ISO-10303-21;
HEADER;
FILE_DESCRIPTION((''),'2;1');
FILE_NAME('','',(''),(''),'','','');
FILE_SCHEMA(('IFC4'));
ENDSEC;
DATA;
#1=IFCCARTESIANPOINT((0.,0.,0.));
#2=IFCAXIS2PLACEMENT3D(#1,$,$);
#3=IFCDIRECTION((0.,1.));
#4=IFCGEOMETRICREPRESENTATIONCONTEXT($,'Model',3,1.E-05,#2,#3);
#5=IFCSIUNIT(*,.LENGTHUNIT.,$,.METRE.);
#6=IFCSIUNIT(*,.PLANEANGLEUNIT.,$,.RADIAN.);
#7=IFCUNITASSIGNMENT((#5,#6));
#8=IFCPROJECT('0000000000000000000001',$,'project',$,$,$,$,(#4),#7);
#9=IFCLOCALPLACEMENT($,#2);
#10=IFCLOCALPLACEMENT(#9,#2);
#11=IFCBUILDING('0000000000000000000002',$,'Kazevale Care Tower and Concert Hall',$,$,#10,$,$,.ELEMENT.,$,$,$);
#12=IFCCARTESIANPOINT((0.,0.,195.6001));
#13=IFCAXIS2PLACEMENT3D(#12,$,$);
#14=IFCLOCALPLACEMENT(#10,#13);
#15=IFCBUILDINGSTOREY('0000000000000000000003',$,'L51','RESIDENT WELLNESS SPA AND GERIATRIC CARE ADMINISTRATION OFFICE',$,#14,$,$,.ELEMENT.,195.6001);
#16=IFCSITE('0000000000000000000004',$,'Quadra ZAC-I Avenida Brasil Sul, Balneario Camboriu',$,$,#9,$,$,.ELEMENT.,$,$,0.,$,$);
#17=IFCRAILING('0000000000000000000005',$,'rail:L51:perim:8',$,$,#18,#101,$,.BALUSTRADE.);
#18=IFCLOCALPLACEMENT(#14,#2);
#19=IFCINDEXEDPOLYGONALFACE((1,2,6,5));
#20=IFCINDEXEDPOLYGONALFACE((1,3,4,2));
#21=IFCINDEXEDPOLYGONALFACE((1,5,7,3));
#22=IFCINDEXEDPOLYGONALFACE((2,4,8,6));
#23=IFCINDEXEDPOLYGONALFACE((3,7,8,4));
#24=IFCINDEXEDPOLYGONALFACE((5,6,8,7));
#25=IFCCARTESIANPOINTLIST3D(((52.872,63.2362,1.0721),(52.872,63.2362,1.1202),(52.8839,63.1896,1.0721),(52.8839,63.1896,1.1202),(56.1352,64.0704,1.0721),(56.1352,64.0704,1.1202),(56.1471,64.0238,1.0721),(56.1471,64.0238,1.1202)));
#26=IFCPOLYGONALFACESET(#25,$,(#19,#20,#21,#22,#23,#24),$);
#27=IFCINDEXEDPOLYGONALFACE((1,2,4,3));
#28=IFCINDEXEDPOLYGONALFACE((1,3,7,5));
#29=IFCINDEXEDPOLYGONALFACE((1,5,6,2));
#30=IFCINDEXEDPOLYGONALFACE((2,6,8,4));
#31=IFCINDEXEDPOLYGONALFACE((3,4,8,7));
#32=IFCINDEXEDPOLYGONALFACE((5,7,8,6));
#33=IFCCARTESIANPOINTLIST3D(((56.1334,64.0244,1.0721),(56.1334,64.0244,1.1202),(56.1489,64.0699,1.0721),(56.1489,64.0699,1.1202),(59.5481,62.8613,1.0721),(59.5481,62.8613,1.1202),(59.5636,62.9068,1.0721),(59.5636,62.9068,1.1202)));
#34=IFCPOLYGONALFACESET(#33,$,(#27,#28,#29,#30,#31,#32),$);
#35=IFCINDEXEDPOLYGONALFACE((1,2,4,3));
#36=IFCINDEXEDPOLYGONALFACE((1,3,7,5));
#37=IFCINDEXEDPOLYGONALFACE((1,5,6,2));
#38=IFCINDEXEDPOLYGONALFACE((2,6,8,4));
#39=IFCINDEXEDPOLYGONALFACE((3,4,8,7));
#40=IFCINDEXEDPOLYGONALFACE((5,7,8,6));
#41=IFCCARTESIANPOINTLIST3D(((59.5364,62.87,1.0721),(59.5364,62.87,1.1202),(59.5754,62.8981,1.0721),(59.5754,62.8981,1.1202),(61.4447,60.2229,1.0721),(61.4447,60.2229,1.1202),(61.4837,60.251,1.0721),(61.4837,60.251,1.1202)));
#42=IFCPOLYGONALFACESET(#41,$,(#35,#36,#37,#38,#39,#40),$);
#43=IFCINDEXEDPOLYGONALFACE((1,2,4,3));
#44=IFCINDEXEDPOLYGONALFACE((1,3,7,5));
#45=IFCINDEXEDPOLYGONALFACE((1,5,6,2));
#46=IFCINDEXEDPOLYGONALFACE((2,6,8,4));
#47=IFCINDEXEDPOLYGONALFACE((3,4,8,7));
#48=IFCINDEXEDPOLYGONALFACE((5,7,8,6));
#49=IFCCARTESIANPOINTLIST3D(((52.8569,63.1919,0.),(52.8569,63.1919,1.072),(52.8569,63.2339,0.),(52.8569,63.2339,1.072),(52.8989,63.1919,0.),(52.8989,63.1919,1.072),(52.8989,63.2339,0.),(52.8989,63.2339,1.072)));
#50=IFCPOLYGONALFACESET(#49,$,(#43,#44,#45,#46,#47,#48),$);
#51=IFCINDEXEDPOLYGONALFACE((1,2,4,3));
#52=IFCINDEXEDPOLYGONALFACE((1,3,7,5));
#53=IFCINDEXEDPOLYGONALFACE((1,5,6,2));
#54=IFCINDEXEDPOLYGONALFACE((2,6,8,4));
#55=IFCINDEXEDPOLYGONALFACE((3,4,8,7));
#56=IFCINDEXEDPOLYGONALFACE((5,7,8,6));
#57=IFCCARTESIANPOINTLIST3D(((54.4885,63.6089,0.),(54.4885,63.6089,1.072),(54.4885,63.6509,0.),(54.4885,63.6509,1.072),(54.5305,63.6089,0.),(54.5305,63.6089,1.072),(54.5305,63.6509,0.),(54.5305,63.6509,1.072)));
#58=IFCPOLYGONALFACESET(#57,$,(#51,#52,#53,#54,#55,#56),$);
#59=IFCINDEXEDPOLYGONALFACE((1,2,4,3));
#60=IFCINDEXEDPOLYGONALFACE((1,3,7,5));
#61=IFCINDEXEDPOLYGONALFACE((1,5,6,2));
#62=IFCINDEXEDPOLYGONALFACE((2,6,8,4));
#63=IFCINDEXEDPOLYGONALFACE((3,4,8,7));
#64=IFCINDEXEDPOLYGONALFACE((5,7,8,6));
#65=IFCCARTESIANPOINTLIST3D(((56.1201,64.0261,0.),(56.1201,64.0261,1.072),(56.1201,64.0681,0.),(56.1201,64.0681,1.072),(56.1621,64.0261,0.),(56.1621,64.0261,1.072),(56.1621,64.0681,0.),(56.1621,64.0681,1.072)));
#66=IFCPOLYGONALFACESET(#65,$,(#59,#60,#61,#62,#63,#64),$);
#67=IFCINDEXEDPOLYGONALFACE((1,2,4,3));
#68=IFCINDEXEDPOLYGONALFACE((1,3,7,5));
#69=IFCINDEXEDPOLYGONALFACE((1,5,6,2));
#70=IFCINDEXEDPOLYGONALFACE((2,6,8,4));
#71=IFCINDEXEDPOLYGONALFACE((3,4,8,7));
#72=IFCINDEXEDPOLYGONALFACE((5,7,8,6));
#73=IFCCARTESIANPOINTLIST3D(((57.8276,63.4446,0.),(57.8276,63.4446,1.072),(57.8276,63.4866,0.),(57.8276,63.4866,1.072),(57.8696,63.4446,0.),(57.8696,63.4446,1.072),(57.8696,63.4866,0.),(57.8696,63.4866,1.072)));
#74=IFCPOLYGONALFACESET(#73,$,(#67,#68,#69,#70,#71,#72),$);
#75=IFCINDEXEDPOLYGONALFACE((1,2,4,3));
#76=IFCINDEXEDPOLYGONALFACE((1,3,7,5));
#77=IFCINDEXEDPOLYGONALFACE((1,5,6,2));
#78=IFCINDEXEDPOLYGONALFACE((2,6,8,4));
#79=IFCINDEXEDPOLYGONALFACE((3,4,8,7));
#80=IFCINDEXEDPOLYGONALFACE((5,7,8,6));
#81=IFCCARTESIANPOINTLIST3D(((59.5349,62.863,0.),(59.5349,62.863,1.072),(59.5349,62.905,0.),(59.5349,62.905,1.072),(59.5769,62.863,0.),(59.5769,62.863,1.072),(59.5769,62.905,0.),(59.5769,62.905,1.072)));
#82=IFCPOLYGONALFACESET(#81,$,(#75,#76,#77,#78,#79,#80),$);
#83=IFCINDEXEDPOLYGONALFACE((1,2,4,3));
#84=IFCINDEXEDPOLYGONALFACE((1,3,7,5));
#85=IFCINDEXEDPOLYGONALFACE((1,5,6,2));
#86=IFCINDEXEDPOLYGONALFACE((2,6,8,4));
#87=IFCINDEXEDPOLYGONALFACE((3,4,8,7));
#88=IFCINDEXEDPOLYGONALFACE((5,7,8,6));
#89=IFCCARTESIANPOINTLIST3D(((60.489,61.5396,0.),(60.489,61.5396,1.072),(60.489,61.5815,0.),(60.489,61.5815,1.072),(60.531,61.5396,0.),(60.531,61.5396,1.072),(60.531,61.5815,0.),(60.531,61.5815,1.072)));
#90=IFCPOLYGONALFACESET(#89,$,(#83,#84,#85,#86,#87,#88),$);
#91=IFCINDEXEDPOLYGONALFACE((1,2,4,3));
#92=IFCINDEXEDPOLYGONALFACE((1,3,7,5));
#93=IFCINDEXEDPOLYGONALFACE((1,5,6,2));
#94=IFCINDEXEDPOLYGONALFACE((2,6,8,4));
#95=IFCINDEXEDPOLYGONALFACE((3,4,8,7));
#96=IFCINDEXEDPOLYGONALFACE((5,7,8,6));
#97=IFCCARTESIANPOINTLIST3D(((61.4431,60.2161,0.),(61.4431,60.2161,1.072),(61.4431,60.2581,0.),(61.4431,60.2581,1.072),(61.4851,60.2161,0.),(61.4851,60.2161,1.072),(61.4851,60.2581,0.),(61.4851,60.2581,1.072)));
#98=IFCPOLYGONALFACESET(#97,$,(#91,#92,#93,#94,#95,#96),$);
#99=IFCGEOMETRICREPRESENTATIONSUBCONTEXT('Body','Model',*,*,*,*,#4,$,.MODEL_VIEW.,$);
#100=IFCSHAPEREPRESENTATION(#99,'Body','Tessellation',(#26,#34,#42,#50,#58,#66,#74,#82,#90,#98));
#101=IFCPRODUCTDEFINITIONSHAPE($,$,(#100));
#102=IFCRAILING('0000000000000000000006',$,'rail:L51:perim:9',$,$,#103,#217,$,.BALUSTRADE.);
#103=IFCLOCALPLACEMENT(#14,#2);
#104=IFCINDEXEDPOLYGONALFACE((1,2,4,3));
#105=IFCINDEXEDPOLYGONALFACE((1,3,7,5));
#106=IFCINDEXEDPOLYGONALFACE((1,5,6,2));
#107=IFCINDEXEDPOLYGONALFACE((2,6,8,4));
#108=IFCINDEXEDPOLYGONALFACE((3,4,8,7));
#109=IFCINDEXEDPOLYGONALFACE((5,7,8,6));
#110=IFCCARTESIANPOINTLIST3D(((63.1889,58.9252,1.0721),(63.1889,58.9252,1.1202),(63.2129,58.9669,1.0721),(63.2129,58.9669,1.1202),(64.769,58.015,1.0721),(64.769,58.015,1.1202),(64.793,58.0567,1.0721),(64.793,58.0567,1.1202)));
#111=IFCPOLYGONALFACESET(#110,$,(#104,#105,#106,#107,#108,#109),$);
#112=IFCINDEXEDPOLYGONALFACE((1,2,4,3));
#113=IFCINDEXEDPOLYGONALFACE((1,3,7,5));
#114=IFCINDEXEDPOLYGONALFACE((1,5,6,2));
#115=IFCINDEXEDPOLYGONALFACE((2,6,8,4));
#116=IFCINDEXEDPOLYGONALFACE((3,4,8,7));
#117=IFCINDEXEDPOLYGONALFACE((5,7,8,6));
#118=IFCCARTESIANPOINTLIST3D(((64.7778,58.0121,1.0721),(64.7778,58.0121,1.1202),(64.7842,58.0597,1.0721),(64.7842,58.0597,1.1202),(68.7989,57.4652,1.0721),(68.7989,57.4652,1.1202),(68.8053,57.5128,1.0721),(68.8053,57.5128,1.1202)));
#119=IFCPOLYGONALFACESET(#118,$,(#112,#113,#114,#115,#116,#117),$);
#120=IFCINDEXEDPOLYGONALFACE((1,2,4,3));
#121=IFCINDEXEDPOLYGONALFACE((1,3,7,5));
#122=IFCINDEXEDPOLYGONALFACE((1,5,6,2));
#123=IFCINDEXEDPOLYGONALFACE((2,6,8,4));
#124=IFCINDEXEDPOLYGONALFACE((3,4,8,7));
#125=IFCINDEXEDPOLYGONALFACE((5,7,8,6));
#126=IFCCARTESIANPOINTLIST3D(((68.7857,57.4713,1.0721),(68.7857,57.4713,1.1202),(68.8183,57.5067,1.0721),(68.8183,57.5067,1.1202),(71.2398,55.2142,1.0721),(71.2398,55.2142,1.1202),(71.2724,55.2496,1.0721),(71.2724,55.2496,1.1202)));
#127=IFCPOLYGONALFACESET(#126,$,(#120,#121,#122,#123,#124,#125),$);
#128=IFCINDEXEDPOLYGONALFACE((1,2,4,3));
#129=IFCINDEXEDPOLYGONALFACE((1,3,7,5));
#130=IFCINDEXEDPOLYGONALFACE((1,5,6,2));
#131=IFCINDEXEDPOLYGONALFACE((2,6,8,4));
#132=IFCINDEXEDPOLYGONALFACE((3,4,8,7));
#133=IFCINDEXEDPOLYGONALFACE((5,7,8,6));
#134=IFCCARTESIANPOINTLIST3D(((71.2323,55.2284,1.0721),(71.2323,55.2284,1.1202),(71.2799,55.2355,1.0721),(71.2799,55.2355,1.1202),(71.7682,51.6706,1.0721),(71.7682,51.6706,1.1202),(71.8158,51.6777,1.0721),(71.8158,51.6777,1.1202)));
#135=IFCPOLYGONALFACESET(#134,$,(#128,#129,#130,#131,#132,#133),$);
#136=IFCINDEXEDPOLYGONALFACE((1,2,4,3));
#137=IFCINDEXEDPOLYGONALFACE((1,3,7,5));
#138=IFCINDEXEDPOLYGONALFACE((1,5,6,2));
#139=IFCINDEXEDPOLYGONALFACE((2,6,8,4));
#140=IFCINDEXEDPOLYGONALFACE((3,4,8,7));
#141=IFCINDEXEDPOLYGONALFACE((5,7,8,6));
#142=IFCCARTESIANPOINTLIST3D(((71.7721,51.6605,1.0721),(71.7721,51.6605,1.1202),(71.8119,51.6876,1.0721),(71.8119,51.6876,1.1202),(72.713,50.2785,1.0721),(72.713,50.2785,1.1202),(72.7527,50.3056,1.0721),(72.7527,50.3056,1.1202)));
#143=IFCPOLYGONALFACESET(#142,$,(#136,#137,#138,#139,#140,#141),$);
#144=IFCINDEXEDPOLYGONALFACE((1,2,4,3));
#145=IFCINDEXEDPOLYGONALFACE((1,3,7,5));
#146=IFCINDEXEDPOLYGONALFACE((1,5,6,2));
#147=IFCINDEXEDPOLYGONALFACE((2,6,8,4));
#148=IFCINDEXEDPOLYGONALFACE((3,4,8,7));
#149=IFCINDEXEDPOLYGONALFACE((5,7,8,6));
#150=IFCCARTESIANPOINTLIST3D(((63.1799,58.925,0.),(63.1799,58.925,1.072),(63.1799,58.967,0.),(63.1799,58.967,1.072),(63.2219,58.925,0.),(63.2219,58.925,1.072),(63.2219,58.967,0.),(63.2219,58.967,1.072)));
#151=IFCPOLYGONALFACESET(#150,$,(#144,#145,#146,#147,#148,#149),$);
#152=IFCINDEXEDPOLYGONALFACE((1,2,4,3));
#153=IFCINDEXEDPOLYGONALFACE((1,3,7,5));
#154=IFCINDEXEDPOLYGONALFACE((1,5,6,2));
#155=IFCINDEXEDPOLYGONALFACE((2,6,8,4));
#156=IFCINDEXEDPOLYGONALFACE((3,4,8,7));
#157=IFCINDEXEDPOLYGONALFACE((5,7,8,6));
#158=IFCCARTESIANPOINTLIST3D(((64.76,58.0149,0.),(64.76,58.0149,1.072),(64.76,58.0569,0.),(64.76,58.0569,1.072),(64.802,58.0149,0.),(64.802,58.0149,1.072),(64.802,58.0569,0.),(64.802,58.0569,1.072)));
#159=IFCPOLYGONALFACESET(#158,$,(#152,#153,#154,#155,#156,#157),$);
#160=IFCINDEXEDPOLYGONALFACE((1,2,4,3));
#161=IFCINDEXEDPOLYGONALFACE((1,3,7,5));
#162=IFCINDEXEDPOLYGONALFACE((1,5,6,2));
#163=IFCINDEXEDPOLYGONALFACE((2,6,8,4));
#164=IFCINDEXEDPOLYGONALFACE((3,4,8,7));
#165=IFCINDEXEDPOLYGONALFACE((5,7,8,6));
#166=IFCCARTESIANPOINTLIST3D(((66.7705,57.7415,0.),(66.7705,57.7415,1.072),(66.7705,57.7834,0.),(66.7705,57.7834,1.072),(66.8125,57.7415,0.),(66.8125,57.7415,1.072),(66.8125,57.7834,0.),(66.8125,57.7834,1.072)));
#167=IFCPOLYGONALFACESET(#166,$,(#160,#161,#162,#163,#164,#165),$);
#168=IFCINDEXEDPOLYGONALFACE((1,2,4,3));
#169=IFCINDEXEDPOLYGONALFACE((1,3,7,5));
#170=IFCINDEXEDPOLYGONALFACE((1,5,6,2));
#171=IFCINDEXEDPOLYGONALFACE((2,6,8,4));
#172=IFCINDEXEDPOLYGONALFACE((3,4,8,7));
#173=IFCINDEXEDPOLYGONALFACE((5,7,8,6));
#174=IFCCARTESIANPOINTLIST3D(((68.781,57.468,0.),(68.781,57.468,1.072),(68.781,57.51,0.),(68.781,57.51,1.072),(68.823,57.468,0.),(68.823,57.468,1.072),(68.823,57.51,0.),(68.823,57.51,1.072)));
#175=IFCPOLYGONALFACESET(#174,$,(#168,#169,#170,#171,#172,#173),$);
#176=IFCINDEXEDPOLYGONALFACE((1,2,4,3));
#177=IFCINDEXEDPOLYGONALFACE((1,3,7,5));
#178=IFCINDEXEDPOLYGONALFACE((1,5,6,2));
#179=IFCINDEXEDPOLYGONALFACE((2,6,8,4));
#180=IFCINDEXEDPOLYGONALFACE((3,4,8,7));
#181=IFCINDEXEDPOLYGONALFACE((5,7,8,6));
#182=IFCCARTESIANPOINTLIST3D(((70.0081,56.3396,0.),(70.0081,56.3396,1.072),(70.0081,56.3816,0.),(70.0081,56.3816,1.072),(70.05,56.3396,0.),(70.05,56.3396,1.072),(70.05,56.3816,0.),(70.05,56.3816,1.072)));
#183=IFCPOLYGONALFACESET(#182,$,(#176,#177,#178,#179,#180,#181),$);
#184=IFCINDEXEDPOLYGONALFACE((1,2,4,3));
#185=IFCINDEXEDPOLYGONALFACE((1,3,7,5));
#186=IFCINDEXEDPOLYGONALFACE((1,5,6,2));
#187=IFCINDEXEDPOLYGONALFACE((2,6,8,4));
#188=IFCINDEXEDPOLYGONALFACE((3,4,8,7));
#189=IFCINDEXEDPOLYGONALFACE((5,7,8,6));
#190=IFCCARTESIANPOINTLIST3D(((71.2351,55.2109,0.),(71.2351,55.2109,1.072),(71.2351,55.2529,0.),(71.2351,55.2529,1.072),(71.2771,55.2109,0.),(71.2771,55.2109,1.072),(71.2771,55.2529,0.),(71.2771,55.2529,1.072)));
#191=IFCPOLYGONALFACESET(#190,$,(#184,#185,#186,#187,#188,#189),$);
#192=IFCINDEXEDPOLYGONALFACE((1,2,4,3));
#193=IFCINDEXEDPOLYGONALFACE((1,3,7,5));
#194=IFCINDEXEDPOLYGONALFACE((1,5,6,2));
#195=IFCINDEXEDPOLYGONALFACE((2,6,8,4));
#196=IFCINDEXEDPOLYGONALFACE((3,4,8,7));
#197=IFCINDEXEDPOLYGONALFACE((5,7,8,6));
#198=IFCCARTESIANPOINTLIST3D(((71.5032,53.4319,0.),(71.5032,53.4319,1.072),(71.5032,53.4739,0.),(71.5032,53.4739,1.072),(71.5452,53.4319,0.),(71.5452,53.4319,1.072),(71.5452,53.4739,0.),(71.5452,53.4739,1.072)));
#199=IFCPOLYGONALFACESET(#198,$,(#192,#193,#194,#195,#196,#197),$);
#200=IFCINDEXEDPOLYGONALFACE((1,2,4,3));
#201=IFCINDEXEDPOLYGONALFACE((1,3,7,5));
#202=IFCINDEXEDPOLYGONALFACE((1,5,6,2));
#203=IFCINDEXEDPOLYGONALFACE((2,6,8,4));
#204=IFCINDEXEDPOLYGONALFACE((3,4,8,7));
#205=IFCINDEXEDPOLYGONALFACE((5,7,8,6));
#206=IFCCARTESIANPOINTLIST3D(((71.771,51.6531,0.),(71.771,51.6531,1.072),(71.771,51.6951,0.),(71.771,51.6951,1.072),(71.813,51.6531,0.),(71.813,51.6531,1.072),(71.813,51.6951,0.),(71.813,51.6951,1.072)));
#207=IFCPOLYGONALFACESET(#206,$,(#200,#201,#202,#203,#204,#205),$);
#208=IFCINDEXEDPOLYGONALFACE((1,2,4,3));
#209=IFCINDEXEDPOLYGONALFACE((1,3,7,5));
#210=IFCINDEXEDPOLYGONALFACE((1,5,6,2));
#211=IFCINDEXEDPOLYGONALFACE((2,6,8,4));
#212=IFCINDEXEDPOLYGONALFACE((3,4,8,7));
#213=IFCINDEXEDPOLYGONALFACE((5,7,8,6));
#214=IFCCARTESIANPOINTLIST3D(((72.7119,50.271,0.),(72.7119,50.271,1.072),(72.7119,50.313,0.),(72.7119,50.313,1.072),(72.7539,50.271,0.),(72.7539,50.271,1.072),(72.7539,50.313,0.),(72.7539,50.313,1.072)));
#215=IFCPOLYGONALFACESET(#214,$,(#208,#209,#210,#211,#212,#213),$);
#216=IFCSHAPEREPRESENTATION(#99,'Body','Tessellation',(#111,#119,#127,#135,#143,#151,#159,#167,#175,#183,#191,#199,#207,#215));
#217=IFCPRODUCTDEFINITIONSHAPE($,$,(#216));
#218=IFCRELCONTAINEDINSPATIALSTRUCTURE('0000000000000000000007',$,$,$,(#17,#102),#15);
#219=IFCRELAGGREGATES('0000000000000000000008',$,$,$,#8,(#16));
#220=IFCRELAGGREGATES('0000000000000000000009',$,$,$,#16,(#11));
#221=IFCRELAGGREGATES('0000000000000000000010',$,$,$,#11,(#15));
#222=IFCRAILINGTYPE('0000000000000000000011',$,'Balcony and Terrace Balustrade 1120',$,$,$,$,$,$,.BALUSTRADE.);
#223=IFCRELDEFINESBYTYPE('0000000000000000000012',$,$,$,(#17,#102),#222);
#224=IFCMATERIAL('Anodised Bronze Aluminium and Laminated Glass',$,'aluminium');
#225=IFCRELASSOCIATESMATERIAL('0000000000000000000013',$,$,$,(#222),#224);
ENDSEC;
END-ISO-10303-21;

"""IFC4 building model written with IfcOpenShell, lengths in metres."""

from ifc_helpers import new_model, si_unit, direction, frame, origin, origin_2d, place, context, subcontext, project, spatial, rectangle, extrude, material, type_object, element, save


model = new_model("IFC4")

# Units and contexts
model_context = context("Model", 3, precision=1e-05, world=origin(), true_north=direction((0.0, 1.0)))
body_context = subcontext(model_context, "Body", "Model", "MODEL_VIEW")
ifc_project = project(units=[si_unit("LENGTHUNIT", "METRE"), si_unit("PLANEANGLEUNIT", "RADIAN")], contexts=[model_context])

# Site, building, storey
site_placement = place(None, origin())
site = spatial("IfcSite", under=ifc_project, at=site_placement, Name="Quadra ZAC-I Avenida Brasil Sul, Balneario Camboriu", CompositionType="ELEMENT", RefElevation=0.0)
building_placement = place(site_placement, origin())
building = spatial("IfcBuilding", under=site, at=building_placement, Name="Kazevale Care Tower and Concert Hall", CompositionType="ELEMENT")
storey_placement = place(building_placement, frame((0.0, 0.0, 195.6001)))
storey = spatial("IfcBuildingStorey", under=building, at=storey_placement, Name="L51", Description="RESIDENT WELLNESS SPA AND GERIATRIC CARE ADMINISTRATION OFFICE", CompositionType="ELEMENT", Elevation=195.6001)

# Railings
ifc_material_1 = material(Name="Anodised Bronze Aluminium and Laminated Glass", Category="aluminium")
railing_type = type_object("IfcRailingType", Name="Balcony and Terrace Balustrade 1120", PredefinedType="BALUSTRADE", material=ifc_material_1)
railing_1_placement = place(storey_placement, frame((52.8779, 63.2129, 0.0)))
element("IfcRailing", 1, at=railing_1_placement, inside=storey, type_object=railing_type, Name="rail:L51:perim:8", PredefinedType="BALUSTRADE", context=body_context, shape_type="SweptSolid", body=[
    extrude(rectangle(XDim=0.0481, YDim=0.0481, at=origin_2d()), frame((0.0, 0.0, 1.0962), z_axis=(0.968841, 0.247683, 0.0), x_axis=(-0.247683, 0.968841, 0.0)), (0.0, 0.0, 1.0), 3.3682),
    extrude(rectangle(XDim=0.0481, YDim=0.0481, at=origin_2d()), frame((3.2632, 0.8342, 1.0962), z_axis=(0.946599, -0.322413, 0.0), x_axis=(0.322413, 0.946599, 0.0)), (0.0, 0.0, 1.0), 3.6074),
    extrude(rectangle(XDim=0.0481, YDim=0.0481, at=origin_2d()), frame((6.678, -0.3289, 1.0962), z_axis=(0.584786, -0.811188, 0.0), x_axis=(0.811188, 0.584786, 0.0)), (0.0, 0.0, 1.0), 3.2632),
    extrude(rectangle(XDim=0.042, YDim=0.042, at=origin_2d()), origin(), (0.0, 0.0, 1.0), 1.072),
    extrude(rectangle(XDim=0.042, YDim=0.042, at=origin_2d()), frame((1.6316, 0.417, 0.0)), (0.0, 0.0, 1.0), 1.072),
    extrude(rectangle(XDim=0.042, YDim=0.042, at=origin_2d()), frame((3.2632, 0.8342, 0.0)), (0.0, 0.0, 1.0), 1.072),
    extrude(rectangle(XDim=0.042, YDim=0.042, at=origin_2d()), frame((4.9707, 0.2527, 0.0)), (0.0, 0.0, 1.0), 1.072),
    extrude(rectangle(XDim=0.042, YDim=0.042, at=origin_2d()), frame((6.678, -0.3289, 0.0)), (0.0, 0.0, 1.0), 1.072),
    extrude(rectangle(XDim=0.042, YDim=0.042, at=origin_2d()), frame((7.6321, -1.6523, 0.0)), (0.0, 0.0, 1.0), 1.072),
    extrude(rectangle(XDim=0.042, YDim=0.042, at=origin_2d()), frame((8.5862, -2.9758, 0.0)), (0.0, 0.0, 1.0), 1.072),
])
railing_2_placement = place(storey_placement, frame((63.2009, 58.946, 0.0)))
element("IfcRailing", 2, at=railing_2_placement, inside=storey, type_object=railing_type, Name="rail:L51:perim:9", PredefinedType="BALUSTRADE", context=body_context, shape_type="SweptSolid", body=[
    extrude(rectangle(XDim=0.0481, YDim=0.0481, at=origin_2d()), frame((0.0, 0.0, 1.0962), z_axis=(0.866524, -0.499135, 0.0), x_axis=(0.499135, 0.866524, 0.0)), (0.0, 0.0, 1.0), 1.8235),
    extrude(rectangle(XDim=0.0481, YDim=0.0481, at=origin_2d()), frame((1.5801, -0.9102, 1.0962), z_axis=(0.990878, -0.134764, 0.0), x_axis=(0.134764, 0.990878, 0.0)), (0.0, 0.0, 1.0), 4.0581),
    extrude(rectangle(XDim=0.0481, YDim=0.0481, at=origin_2d()), frame((5.6011, -1.457, 1.0962), z_axis=(0.736035, -0.676944, 0.0), x_axis=(0.676944, 0.736035, 0.0)), (0.0, 0.0, 1.0), 3.3342),
    extrude(rectangle(XDim=0.0481, YDim=0.0481, at=origin_2d()), frame((8.0552, -3.7141, 1.0962), z_axis=(0.148941, -0.988846, 0.0), x_axis=(0.988846, 0.148941, 0.0)), (0.0, 0.0, 1.0), 3.5979),
    extrude(rectangle(XDim=0.0481, YDim=0.0481, at=origin_2d()), frame((8.5911, -7.272, 1.0962), z_axis=(0.562761, -0.826619, 0.0), x_axis=(0.826619, 0.562761, 0.0)), (0.0, 0.0, 1.0), 1.6719),
    extrude(rectangle(XDim=0.042, YDim=0.042, at=origin_2d()), origin(), (0.0, 0.0, 1.0), 1.072),
    extrude(rectangle(XDim=0.042, YDim=0.042, at=origin_2d()), frame((1.5801, -0.9102, 0.0)), (0.0, 0.0, 1.0), 1.072),
    extrude(rectangle(XDim=0.042, YDim=0.042, at=origin_2d()), frame((3.5906, -1.1836, 0.0)), (0.0, 0.0, 1.0), 1.072),
    extrude(rectangle(XDim=0.042, YDim=0.042, at=origin_2d()), frame((5.6011, -1.457, 0.0)), (0.0, 0.0, 1.0), 1.072),
    extrude(rectangle(XDim=0.042, YDim=0.042, at=origin_2d()), frame((6.8281, -2.5854, 0.0)), (0.0, 0.0, 1.0), 1.072),
    extrude(rectangle(XDim=0.042, YDim=0.042, at=origin_2d()), frame((8.0552, -3.7141, 0.0)), (0.0, 0.0, 1.0), 1.072),
    extrude(rectangle(XDim=0.042, YDim=0.042, at=origin_2d()), frame((8.3232, -5.4932, 0.0)), (0.0, 0.0, 1.0), 1.072),
    extrude(rectangle(XDim=0.042, YDim=0.042, at=origin_2d()), frame((8.5911, -7.272, 0.0)), (0.0, 0.0, 1.0), 1.072),
    extrude(rectangle(XDim=0.042, YDim=0.042, at=origin_2d()), frame((9.532, -8.6541, 0.0)), (0.0, 0.0, 1.0), 1.072),
])

save(model, "model.ifc")
